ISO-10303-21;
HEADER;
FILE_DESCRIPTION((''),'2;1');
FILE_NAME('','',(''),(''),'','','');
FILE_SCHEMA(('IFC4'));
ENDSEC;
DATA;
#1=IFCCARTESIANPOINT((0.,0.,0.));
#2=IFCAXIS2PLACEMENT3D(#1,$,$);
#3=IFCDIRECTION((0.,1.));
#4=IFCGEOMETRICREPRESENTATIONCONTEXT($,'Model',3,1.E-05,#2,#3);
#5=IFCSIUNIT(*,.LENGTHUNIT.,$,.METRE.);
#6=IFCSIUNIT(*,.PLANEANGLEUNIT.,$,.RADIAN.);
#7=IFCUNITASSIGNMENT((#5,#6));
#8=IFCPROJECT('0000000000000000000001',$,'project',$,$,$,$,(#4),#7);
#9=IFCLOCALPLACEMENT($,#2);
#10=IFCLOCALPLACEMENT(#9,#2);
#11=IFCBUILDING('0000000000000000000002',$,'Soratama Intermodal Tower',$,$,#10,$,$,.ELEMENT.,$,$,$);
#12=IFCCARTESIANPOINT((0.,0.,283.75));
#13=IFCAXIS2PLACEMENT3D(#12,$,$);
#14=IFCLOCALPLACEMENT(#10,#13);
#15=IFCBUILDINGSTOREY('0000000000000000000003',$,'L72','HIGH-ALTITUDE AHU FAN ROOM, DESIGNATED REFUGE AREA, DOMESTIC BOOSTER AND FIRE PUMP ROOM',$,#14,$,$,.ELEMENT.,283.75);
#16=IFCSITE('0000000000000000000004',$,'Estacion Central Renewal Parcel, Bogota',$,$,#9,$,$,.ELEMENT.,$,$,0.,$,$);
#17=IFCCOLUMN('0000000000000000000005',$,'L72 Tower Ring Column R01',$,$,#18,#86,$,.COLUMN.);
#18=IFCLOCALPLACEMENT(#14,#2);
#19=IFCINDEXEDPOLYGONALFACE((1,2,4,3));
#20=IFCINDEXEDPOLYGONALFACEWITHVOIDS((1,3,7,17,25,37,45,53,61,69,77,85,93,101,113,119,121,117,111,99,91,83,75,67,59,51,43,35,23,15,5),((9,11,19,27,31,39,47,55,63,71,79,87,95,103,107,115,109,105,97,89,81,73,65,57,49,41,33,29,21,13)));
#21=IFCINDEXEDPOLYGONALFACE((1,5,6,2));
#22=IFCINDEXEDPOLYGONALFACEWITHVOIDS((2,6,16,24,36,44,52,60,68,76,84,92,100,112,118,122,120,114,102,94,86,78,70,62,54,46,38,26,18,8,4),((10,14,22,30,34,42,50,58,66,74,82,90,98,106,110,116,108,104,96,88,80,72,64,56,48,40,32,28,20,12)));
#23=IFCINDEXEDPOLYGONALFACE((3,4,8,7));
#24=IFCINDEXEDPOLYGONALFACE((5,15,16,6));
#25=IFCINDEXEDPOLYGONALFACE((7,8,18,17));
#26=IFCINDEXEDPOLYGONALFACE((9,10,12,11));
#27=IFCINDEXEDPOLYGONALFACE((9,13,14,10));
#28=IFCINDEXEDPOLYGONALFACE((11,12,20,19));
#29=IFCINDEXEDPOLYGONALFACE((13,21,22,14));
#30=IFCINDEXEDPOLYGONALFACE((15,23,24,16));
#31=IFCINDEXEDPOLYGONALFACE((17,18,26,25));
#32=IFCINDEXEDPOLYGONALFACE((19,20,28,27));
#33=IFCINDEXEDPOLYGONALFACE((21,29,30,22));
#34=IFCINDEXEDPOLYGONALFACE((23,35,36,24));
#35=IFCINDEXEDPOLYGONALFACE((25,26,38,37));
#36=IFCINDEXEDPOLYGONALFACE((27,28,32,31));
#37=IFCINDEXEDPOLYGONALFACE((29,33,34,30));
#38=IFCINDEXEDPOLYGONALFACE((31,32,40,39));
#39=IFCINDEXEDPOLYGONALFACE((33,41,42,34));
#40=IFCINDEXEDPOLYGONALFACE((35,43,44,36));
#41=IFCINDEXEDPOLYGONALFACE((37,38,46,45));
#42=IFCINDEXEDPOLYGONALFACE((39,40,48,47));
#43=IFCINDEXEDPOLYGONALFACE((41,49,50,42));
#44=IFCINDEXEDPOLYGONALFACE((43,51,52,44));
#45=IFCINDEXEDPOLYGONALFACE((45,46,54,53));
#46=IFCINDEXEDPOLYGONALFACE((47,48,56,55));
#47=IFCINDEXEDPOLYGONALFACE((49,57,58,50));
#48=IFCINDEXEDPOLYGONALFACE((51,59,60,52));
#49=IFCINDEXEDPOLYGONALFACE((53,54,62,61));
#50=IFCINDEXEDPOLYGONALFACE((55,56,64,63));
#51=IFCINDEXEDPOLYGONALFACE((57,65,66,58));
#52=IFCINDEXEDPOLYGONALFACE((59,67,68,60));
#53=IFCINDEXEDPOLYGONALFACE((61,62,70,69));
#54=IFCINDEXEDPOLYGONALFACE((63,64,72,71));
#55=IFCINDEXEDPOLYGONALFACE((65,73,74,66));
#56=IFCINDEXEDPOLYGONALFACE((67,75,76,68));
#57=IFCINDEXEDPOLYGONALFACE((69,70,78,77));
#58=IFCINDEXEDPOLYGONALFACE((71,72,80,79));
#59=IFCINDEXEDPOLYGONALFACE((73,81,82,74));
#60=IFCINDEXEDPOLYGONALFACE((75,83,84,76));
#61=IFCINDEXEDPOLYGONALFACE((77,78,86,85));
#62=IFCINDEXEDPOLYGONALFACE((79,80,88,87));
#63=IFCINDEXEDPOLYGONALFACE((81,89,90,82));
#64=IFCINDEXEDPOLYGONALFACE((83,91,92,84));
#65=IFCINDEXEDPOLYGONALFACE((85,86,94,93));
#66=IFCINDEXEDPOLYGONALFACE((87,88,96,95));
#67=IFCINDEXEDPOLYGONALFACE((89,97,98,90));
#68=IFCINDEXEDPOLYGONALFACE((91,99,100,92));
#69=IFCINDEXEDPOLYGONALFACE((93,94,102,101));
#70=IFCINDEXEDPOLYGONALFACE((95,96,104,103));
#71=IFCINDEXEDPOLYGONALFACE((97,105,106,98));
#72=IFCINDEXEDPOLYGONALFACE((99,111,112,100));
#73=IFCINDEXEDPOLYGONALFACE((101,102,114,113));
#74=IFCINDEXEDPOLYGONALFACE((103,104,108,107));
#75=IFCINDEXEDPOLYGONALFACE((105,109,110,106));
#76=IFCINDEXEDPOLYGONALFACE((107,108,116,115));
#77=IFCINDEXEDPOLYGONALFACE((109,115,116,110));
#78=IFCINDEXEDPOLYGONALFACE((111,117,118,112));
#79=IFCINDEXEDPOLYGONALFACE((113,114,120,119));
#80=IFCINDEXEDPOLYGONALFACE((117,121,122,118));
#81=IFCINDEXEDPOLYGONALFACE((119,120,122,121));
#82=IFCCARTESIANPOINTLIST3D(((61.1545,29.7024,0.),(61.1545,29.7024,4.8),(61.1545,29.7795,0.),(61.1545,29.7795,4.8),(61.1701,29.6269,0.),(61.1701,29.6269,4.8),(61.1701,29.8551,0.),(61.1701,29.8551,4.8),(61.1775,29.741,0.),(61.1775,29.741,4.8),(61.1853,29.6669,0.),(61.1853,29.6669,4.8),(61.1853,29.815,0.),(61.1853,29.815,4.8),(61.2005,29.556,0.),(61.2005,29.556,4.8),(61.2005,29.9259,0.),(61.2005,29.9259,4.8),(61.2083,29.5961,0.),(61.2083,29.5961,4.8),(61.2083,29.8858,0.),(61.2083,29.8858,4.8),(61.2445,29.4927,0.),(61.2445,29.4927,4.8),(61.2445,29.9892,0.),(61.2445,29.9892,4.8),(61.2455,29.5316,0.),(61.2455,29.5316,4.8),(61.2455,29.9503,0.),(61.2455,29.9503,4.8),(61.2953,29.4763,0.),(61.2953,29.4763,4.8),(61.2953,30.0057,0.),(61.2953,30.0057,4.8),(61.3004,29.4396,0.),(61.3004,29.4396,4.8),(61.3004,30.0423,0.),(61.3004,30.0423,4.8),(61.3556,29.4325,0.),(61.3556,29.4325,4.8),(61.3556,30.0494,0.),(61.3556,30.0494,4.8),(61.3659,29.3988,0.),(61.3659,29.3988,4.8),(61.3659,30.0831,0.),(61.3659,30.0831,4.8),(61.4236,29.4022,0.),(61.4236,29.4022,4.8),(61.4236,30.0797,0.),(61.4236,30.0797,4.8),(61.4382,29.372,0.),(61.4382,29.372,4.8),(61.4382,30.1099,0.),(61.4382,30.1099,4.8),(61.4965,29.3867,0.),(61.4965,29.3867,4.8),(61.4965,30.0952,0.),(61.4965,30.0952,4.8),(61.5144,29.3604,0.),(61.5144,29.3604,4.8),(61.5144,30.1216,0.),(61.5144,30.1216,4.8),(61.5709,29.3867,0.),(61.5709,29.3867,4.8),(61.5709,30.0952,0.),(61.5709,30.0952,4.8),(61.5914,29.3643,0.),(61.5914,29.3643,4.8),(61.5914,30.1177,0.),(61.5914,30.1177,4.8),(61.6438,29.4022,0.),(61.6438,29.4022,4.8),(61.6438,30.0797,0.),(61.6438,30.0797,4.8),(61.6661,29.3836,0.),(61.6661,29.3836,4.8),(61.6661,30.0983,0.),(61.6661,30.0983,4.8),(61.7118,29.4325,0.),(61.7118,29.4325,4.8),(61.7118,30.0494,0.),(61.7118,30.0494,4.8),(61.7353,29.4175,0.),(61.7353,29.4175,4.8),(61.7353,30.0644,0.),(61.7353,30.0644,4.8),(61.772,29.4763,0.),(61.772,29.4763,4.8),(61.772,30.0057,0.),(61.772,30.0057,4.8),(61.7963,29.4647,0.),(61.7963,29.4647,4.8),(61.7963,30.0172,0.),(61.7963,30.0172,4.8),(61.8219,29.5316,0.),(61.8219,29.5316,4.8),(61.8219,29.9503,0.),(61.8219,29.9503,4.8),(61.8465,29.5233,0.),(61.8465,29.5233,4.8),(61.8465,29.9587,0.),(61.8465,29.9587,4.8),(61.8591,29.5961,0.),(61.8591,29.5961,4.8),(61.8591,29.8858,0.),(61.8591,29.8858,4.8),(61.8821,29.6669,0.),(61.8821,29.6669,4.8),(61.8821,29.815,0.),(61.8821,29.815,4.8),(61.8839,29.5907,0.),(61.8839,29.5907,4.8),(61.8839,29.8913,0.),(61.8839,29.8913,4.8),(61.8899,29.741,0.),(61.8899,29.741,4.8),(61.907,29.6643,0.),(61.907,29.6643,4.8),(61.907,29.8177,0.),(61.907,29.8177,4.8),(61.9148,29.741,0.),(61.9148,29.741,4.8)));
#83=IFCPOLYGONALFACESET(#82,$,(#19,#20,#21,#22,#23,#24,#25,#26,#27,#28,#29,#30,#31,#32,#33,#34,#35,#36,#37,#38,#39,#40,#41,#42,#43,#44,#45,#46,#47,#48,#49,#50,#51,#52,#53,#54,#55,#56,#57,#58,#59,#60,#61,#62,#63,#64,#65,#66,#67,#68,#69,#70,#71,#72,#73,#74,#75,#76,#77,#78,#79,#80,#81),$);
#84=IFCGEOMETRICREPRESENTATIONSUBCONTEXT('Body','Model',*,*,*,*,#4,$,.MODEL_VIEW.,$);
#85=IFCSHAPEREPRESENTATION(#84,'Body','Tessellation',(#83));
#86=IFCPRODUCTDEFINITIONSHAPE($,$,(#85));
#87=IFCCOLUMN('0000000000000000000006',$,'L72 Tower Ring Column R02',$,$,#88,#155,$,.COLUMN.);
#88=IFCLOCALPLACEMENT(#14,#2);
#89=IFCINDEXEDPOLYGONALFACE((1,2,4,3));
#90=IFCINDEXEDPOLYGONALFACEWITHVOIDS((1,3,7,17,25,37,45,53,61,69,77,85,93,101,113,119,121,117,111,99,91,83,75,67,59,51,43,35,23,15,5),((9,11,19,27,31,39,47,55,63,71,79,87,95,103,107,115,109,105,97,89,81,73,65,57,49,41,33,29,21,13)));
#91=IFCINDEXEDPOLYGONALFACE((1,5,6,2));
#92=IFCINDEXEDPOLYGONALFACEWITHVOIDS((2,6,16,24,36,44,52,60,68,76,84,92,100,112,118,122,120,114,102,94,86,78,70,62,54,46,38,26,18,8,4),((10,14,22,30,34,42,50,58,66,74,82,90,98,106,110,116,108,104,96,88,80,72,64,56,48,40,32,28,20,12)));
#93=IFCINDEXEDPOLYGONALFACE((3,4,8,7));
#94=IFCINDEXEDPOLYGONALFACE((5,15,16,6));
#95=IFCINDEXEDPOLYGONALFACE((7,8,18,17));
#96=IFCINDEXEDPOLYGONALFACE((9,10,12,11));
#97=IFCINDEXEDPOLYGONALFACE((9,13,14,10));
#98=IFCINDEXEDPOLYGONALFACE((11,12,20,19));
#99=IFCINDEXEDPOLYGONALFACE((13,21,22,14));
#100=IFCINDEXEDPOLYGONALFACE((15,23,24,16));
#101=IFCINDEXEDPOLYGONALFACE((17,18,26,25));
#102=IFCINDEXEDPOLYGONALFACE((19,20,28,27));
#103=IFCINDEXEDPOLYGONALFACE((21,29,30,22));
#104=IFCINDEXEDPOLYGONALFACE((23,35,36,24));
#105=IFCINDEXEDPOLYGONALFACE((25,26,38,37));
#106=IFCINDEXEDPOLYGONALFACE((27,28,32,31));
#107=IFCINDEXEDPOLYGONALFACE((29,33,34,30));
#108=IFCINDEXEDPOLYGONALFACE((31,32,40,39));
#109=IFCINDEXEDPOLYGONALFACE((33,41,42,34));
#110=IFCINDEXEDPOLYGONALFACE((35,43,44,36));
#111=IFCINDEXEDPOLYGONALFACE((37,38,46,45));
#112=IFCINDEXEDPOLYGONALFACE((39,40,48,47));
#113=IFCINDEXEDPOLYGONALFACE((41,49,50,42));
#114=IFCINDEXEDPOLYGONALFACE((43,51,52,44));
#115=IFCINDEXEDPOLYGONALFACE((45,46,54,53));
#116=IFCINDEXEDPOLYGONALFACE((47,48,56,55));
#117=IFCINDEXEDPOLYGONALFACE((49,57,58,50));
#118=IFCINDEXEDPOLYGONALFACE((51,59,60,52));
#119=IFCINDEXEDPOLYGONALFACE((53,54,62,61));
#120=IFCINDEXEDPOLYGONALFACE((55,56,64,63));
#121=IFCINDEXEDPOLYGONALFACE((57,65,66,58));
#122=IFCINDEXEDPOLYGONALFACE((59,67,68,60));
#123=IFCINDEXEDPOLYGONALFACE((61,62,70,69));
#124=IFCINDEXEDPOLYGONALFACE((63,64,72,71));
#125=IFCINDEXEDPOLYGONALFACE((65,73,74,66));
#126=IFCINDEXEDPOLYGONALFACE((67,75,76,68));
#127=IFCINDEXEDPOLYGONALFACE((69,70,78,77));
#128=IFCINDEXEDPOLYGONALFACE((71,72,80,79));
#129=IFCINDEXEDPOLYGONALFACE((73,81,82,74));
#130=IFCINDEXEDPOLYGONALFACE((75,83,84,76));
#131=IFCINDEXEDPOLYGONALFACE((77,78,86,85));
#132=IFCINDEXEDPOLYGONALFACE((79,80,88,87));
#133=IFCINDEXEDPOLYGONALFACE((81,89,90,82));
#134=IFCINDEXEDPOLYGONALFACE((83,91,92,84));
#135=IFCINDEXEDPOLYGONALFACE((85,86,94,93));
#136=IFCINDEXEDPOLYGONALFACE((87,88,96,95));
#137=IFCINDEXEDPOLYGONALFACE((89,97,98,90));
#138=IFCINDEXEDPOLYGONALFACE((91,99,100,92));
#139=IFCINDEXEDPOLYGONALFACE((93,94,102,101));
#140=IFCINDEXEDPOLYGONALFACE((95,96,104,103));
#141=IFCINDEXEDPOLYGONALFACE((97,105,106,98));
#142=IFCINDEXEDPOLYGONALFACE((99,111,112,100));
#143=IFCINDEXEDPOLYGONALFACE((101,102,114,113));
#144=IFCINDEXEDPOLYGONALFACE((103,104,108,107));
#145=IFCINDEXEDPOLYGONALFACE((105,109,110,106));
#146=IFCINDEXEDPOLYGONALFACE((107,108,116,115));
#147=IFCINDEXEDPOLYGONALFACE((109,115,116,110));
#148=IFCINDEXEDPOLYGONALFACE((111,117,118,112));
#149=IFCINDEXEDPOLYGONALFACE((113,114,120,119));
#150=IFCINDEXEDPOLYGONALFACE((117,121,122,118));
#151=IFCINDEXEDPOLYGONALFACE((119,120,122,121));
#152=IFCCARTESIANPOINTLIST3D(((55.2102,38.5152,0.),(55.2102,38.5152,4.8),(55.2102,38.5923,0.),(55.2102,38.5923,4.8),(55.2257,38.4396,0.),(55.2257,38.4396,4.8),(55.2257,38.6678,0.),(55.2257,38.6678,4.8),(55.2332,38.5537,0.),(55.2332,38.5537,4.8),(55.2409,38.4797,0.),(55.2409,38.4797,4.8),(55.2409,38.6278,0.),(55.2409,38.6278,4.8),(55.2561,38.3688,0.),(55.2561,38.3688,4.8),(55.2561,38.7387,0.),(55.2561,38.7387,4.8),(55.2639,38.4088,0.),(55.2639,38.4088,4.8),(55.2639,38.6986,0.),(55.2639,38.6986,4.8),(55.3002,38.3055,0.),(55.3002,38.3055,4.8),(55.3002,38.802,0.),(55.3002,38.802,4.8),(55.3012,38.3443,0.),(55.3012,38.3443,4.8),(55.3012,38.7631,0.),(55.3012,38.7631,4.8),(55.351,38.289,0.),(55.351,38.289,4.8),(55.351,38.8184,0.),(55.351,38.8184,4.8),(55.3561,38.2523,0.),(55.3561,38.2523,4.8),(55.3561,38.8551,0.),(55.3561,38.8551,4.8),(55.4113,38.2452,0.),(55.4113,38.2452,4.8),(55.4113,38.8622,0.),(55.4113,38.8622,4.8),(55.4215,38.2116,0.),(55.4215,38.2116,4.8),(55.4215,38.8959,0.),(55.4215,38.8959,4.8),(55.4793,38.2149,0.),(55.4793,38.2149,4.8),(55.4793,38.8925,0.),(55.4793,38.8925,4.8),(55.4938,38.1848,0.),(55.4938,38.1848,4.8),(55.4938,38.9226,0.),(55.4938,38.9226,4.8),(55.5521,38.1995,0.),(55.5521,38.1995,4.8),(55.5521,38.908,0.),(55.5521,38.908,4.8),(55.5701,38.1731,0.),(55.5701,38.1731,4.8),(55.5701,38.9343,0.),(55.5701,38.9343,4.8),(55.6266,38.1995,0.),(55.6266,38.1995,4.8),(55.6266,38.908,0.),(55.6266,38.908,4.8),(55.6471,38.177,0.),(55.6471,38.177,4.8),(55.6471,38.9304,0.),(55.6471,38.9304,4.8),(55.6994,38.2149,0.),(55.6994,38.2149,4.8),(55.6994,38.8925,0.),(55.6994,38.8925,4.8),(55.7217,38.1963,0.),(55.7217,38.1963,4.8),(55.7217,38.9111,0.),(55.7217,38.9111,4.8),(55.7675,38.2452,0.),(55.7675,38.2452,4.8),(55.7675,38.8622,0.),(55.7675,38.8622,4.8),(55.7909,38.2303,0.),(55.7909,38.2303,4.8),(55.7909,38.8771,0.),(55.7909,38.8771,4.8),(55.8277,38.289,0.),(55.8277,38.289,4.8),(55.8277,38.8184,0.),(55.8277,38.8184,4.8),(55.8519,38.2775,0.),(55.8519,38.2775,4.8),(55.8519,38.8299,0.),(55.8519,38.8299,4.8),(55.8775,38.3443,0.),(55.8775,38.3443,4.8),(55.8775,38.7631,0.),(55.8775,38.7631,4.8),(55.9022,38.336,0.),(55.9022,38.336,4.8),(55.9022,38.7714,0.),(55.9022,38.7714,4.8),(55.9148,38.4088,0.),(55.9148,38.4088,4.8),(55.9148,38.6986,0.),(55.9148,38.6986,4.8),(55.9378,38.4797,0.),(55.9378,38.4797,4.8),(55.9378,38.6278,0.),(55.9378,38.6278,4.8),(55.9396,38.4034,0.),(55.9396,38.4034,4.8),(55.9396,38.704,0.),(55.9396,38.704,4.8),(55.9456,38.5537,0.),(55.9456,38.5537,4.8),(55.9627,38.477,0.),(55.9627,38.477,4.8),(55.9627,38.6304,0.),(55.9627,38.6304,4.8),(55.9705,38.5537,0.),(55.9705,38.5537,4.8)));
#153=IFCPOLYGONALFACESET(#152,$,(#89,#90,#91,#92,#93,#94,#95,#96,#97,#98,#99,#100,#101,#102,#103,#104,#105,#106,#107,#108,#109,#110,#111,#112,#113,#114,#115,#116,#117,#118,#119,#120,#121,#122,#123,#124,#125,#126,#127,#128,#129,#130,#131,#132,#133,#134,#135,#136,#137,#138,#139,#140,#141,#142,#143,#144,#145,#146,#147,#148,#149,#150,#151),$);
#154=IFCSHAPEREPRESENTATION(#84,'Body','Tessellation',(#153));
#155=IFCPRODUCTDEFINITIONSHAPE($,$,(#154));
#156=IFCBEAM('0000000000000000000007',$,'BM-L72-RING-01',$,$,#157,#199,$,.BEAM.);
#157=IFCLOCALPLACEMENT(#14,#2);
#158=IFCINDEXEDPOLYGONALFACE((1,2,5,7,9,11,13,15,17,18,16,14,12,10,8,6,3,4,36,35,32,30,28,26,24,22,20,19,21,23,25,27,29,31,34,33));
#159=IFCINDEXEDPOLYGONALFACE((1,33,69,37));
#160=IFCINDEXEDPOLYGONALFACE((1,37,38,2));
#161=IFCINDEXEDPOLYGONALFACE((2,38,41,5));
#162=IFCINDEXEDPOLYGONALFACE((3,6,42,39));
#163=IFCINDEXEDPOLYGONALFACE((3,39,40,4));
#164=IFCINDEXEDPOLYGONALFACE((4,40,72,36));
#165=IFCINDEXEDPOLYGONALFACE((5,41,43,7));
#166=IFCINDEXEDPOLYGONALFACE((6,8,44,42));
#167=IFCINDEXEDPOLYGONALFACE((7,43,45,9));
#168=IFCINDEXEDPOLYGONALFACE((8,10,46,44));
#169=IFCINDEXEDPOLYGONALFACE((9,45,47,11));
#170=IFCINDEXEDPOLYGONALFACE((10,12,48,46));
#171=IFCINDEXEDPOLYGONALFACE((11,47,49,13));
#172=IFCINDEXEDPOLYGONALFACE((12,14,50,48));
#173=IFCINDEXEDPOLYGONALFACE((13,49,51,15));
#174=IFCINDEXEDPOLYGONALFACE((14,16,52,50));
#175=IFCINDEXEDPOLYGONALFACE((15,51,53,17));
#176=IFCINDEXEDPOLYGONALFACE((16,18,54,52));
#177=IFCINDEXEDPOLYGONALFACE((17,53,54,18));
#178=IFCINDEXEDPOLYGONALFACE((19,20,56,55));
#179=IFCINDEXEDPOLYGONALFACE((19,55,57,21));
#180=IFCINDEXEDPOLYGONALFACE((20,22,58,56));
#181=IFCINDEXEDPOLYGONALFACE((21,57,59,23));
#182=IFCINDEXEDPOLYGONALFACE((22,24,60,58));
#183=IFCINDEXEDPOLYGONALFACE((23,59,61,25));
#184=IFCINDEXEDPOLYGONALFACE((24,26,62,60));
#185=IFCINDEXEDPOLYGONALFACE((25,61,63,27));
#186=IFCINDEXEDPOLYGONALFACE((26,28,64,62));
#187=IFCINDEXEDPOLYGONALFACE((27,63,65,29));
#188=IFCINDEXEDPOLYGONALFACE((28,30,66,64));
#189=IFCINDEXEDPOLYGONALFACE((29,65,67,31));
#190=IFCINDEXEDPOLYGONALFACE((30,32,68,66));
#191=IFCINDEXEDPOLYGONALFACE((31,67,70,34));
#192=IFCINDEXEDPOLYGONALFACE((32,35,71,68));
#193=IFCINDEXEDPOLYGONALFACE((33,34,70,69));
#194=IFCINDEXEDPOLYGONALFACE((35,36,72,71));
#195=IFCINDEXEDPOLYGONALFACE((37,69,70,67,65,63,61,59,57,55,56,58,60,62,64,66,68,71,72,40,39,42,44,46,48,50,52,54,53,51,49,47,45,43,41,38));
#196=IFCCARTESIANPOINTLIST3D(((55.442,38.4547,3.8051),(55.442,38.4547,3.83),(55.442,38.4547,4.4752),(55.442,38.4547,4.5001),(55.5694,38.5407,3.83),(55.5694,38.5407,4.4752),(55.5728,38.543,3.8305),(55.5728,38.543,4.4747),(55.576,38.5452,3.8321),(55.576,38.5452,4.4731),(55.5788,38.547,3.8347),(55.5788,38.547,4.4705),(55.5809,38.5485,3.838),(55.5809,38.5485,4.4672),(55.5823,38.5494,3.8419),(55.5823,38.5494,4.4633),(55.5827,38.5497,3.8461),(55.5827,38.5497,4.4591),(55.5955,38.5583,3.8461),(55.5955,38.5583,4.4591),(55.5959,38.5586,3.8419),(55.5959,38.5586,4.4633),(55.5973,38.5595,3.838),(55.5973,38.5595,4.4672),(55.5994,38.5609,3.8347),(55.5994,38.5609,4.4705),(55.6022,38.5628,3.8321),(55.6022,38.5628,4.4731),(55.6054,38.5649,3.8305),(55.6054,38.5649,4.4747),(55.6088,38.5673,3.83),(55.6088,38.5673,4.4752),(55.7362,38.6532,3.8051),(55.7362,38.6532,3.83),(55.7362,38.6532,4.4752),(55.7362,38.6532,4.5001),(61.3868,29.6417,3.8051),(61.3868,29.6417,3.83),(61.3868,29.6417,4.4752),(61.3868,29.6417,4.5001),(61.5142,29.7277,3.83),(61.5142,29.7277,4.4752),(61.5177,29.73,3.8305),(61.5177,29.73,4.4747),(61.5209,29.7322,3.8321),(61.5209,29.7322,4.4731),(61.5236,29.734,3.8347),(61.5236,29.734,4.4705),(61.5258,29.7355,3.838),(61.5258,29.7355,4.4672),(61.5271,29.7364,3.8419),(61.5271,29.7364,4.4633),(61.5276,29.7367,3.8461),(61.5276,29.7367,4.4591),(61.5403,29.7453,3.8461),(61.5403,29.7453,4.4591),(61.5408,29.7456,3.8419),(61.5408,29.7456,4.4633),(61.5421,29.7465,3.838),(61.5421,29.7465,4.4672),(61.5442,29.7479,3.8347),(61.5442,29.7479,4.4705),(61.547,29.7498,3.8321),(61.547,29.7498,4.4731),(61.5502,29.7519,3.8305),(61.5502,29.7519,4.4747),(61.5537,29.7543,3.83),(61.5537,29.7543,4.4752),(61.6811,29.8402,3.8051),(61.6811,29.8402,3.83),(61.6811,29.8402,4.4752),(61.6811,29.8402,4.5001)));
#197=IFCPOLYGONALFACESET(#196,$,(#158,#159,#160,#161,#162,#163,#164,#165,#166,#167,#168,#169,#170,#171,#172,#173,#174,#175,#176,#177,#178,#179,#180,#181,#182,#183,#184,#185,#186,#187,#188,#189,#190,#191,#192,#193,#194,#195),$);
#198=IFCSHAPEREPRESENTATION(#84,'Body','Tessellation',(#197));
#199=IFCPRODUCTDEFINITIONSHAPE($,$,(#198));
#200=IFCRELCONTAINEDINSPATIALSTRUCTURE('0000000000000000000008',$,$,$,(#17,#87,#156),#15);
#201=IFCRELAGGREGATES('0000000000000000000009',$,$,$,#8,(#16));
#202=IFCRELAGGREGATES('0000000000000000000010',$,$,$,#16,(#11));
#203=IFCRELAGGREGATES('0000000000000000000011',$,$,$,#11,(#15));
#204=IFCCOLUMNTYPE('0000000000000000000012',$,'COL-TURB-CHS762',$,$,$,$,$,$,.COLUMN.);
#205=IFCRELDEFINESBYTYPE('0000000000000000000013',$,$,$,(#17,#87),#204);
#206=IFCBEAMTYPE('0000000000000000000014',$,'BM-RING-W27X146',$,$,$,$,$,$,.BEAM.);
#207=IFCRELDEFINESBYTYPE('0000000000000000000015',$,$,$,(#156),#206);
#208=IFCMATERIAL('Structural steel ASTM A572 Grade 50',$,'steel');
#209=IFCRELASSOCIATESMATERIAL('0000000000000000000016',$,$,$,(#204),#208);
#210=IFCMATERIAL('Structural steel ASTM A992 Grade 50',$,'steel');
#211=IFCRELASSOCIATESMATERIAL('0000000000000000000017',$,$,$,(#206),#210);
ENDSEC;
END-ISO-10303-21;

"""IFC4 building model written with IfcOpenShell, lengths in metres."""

from ifc_helpers import new_model, si_unit, direction, frame, origin, origin_2d, place, context, subcontext, project, spatial, hollow_circle, i_section, extrude, material, material_profile, profile_set, type_object, element, save


model = new_model("IFC4")

# Units and contexts
model_context = context("Model", 3, precision=1e-05, world=origin(), true_north=direction((0.0, 1.0)))
body_context = subcontext(model_context, "Body", "Model", "MODEL_VIEW")
ifc_project = project(units=[si_unit("LENGTHUNIT", "METRE"), si_unit("PLANEANGLEUNIT", "RADIAN")], contexts=[model_context])

# Site, building, storey
site_placement = place(None, origin())
site = spatial("IfcSite", under=ifc_project, at=site_placement, Name="Estacion Central Renewal Parcel, Bogota", CompositionType="ELEMENT", RefElevation=0.0)
building_placement = place(site_placement, origin())
building = spatial("IfcBuilding", under=site, at=building_placement, Name="Soratama Intermodal Tower", CompositionType="ELEMENT")
storey_placement = place(building_placement, frame((0.0, 0.0, 283.75)))
storey = spatial("IfcBuildingStorey", under=building, at=storey_placement, Name="L72", Description="HIGH-ALTITUDE AHU FAN ROOM, DESIGNATED REFUGE AREA, DOMESTIC BOOSTER AND FIRE PUMP ROOM", CompositionType="ELEMENT", Elevation=283.75)

# Columns
ifc_material_1 = material(Name="Structural steel ASTM A572 Grade 50", Category="steel")
ifc_material_profile_1 = material_profile(ifc_material_1, hollow_circle(Radius=0.3811, WallThickness=0.0249, at=origin_2d()), Name="CHS762X25")
ifc_profile_set_1 = profile_set([ifc_material_profile_1], Name="Structural steel ASTM A572 Grade 50")
column_type = type_object("IfcColumnType", Name="COL-TURB-CHS762", PredefinedType="COLUMN", material=ifc_profile_set_1)
for number, where, z_axis, x_axis, name in (
    (1, (61.5337, 29.741, 0.0), (0.0, 0.0, 1.0), (1.0, 0.0, 0.0), "L72 Tower Ring Column R01"),
    (2, (55.5894, 38.5537, 0.0), (0.0, 0.0, 1.0), (1.0, 0.0, 0.0), "L72 Tower Ring Column R02"),
):
    element("IfcColumn", number, at=place(storey_placement, frame(where, z_axis=z_axis, x_axis=x_axis)), inside=storey, type_object=column_type, Name=name, PredefinedType="COLUMN", context=body_context, shape_type="SweptSolid", body=[
        extrude(hollow_circle(Radius=0.3811, WallThickness=0.0249, at=origin_2d()), origin(), (0.0, 0.0, 1.0), 4.8),
    ])

# Beam
ifc_material_2 = material(Name="Structural steel ASTM A992 Grade 50", Category="steel")
ifc_material_profile_2 = material_profile(ifc_material_2, i_section(OverallWidth=0.355, OverallDepth=0.6951, WebThickness=0.0154, FlangeThickness=0.0249, FilletRadius=0.0161, at=origin_2d()), Name="W27X146")
ifc_profile_set_2 = profile_set([ifc_material_profile_2], Name="Structural steel ASTM A992 Grade 50")
beam_type_1 = type_object("IfcBeamType", Name="BM-RING-W27X146", PredefinedType="BEAM", material=ifc_profile_set_2)
beam_1_placement = place(storey_placement, frame((61.5339, 29.741, 4.1526), z_axis=(-0.559218, 0.829021, 0.0), x_axis=(-0.829021, -0.559218, 0.0)))
element("IfcBeam", 3, at=beam_1_placement, inside=storey, type_object=beam_type_1, Name="BM-L72-RING-01", PredefinedType="BEAM", context=body_context, shape_type="SweptSolid", body=[
    extrude(i_section(OverallWidth=0.355, OverallDepth=0.6951, WebThickness=0.0154, FlangeThickness=0.0249, FilletRadius=0.0161, at=origin_2d()), origin(), (0.0, 0.0, 1.0), 10.6306),
])

save(model, "model.ifc")
